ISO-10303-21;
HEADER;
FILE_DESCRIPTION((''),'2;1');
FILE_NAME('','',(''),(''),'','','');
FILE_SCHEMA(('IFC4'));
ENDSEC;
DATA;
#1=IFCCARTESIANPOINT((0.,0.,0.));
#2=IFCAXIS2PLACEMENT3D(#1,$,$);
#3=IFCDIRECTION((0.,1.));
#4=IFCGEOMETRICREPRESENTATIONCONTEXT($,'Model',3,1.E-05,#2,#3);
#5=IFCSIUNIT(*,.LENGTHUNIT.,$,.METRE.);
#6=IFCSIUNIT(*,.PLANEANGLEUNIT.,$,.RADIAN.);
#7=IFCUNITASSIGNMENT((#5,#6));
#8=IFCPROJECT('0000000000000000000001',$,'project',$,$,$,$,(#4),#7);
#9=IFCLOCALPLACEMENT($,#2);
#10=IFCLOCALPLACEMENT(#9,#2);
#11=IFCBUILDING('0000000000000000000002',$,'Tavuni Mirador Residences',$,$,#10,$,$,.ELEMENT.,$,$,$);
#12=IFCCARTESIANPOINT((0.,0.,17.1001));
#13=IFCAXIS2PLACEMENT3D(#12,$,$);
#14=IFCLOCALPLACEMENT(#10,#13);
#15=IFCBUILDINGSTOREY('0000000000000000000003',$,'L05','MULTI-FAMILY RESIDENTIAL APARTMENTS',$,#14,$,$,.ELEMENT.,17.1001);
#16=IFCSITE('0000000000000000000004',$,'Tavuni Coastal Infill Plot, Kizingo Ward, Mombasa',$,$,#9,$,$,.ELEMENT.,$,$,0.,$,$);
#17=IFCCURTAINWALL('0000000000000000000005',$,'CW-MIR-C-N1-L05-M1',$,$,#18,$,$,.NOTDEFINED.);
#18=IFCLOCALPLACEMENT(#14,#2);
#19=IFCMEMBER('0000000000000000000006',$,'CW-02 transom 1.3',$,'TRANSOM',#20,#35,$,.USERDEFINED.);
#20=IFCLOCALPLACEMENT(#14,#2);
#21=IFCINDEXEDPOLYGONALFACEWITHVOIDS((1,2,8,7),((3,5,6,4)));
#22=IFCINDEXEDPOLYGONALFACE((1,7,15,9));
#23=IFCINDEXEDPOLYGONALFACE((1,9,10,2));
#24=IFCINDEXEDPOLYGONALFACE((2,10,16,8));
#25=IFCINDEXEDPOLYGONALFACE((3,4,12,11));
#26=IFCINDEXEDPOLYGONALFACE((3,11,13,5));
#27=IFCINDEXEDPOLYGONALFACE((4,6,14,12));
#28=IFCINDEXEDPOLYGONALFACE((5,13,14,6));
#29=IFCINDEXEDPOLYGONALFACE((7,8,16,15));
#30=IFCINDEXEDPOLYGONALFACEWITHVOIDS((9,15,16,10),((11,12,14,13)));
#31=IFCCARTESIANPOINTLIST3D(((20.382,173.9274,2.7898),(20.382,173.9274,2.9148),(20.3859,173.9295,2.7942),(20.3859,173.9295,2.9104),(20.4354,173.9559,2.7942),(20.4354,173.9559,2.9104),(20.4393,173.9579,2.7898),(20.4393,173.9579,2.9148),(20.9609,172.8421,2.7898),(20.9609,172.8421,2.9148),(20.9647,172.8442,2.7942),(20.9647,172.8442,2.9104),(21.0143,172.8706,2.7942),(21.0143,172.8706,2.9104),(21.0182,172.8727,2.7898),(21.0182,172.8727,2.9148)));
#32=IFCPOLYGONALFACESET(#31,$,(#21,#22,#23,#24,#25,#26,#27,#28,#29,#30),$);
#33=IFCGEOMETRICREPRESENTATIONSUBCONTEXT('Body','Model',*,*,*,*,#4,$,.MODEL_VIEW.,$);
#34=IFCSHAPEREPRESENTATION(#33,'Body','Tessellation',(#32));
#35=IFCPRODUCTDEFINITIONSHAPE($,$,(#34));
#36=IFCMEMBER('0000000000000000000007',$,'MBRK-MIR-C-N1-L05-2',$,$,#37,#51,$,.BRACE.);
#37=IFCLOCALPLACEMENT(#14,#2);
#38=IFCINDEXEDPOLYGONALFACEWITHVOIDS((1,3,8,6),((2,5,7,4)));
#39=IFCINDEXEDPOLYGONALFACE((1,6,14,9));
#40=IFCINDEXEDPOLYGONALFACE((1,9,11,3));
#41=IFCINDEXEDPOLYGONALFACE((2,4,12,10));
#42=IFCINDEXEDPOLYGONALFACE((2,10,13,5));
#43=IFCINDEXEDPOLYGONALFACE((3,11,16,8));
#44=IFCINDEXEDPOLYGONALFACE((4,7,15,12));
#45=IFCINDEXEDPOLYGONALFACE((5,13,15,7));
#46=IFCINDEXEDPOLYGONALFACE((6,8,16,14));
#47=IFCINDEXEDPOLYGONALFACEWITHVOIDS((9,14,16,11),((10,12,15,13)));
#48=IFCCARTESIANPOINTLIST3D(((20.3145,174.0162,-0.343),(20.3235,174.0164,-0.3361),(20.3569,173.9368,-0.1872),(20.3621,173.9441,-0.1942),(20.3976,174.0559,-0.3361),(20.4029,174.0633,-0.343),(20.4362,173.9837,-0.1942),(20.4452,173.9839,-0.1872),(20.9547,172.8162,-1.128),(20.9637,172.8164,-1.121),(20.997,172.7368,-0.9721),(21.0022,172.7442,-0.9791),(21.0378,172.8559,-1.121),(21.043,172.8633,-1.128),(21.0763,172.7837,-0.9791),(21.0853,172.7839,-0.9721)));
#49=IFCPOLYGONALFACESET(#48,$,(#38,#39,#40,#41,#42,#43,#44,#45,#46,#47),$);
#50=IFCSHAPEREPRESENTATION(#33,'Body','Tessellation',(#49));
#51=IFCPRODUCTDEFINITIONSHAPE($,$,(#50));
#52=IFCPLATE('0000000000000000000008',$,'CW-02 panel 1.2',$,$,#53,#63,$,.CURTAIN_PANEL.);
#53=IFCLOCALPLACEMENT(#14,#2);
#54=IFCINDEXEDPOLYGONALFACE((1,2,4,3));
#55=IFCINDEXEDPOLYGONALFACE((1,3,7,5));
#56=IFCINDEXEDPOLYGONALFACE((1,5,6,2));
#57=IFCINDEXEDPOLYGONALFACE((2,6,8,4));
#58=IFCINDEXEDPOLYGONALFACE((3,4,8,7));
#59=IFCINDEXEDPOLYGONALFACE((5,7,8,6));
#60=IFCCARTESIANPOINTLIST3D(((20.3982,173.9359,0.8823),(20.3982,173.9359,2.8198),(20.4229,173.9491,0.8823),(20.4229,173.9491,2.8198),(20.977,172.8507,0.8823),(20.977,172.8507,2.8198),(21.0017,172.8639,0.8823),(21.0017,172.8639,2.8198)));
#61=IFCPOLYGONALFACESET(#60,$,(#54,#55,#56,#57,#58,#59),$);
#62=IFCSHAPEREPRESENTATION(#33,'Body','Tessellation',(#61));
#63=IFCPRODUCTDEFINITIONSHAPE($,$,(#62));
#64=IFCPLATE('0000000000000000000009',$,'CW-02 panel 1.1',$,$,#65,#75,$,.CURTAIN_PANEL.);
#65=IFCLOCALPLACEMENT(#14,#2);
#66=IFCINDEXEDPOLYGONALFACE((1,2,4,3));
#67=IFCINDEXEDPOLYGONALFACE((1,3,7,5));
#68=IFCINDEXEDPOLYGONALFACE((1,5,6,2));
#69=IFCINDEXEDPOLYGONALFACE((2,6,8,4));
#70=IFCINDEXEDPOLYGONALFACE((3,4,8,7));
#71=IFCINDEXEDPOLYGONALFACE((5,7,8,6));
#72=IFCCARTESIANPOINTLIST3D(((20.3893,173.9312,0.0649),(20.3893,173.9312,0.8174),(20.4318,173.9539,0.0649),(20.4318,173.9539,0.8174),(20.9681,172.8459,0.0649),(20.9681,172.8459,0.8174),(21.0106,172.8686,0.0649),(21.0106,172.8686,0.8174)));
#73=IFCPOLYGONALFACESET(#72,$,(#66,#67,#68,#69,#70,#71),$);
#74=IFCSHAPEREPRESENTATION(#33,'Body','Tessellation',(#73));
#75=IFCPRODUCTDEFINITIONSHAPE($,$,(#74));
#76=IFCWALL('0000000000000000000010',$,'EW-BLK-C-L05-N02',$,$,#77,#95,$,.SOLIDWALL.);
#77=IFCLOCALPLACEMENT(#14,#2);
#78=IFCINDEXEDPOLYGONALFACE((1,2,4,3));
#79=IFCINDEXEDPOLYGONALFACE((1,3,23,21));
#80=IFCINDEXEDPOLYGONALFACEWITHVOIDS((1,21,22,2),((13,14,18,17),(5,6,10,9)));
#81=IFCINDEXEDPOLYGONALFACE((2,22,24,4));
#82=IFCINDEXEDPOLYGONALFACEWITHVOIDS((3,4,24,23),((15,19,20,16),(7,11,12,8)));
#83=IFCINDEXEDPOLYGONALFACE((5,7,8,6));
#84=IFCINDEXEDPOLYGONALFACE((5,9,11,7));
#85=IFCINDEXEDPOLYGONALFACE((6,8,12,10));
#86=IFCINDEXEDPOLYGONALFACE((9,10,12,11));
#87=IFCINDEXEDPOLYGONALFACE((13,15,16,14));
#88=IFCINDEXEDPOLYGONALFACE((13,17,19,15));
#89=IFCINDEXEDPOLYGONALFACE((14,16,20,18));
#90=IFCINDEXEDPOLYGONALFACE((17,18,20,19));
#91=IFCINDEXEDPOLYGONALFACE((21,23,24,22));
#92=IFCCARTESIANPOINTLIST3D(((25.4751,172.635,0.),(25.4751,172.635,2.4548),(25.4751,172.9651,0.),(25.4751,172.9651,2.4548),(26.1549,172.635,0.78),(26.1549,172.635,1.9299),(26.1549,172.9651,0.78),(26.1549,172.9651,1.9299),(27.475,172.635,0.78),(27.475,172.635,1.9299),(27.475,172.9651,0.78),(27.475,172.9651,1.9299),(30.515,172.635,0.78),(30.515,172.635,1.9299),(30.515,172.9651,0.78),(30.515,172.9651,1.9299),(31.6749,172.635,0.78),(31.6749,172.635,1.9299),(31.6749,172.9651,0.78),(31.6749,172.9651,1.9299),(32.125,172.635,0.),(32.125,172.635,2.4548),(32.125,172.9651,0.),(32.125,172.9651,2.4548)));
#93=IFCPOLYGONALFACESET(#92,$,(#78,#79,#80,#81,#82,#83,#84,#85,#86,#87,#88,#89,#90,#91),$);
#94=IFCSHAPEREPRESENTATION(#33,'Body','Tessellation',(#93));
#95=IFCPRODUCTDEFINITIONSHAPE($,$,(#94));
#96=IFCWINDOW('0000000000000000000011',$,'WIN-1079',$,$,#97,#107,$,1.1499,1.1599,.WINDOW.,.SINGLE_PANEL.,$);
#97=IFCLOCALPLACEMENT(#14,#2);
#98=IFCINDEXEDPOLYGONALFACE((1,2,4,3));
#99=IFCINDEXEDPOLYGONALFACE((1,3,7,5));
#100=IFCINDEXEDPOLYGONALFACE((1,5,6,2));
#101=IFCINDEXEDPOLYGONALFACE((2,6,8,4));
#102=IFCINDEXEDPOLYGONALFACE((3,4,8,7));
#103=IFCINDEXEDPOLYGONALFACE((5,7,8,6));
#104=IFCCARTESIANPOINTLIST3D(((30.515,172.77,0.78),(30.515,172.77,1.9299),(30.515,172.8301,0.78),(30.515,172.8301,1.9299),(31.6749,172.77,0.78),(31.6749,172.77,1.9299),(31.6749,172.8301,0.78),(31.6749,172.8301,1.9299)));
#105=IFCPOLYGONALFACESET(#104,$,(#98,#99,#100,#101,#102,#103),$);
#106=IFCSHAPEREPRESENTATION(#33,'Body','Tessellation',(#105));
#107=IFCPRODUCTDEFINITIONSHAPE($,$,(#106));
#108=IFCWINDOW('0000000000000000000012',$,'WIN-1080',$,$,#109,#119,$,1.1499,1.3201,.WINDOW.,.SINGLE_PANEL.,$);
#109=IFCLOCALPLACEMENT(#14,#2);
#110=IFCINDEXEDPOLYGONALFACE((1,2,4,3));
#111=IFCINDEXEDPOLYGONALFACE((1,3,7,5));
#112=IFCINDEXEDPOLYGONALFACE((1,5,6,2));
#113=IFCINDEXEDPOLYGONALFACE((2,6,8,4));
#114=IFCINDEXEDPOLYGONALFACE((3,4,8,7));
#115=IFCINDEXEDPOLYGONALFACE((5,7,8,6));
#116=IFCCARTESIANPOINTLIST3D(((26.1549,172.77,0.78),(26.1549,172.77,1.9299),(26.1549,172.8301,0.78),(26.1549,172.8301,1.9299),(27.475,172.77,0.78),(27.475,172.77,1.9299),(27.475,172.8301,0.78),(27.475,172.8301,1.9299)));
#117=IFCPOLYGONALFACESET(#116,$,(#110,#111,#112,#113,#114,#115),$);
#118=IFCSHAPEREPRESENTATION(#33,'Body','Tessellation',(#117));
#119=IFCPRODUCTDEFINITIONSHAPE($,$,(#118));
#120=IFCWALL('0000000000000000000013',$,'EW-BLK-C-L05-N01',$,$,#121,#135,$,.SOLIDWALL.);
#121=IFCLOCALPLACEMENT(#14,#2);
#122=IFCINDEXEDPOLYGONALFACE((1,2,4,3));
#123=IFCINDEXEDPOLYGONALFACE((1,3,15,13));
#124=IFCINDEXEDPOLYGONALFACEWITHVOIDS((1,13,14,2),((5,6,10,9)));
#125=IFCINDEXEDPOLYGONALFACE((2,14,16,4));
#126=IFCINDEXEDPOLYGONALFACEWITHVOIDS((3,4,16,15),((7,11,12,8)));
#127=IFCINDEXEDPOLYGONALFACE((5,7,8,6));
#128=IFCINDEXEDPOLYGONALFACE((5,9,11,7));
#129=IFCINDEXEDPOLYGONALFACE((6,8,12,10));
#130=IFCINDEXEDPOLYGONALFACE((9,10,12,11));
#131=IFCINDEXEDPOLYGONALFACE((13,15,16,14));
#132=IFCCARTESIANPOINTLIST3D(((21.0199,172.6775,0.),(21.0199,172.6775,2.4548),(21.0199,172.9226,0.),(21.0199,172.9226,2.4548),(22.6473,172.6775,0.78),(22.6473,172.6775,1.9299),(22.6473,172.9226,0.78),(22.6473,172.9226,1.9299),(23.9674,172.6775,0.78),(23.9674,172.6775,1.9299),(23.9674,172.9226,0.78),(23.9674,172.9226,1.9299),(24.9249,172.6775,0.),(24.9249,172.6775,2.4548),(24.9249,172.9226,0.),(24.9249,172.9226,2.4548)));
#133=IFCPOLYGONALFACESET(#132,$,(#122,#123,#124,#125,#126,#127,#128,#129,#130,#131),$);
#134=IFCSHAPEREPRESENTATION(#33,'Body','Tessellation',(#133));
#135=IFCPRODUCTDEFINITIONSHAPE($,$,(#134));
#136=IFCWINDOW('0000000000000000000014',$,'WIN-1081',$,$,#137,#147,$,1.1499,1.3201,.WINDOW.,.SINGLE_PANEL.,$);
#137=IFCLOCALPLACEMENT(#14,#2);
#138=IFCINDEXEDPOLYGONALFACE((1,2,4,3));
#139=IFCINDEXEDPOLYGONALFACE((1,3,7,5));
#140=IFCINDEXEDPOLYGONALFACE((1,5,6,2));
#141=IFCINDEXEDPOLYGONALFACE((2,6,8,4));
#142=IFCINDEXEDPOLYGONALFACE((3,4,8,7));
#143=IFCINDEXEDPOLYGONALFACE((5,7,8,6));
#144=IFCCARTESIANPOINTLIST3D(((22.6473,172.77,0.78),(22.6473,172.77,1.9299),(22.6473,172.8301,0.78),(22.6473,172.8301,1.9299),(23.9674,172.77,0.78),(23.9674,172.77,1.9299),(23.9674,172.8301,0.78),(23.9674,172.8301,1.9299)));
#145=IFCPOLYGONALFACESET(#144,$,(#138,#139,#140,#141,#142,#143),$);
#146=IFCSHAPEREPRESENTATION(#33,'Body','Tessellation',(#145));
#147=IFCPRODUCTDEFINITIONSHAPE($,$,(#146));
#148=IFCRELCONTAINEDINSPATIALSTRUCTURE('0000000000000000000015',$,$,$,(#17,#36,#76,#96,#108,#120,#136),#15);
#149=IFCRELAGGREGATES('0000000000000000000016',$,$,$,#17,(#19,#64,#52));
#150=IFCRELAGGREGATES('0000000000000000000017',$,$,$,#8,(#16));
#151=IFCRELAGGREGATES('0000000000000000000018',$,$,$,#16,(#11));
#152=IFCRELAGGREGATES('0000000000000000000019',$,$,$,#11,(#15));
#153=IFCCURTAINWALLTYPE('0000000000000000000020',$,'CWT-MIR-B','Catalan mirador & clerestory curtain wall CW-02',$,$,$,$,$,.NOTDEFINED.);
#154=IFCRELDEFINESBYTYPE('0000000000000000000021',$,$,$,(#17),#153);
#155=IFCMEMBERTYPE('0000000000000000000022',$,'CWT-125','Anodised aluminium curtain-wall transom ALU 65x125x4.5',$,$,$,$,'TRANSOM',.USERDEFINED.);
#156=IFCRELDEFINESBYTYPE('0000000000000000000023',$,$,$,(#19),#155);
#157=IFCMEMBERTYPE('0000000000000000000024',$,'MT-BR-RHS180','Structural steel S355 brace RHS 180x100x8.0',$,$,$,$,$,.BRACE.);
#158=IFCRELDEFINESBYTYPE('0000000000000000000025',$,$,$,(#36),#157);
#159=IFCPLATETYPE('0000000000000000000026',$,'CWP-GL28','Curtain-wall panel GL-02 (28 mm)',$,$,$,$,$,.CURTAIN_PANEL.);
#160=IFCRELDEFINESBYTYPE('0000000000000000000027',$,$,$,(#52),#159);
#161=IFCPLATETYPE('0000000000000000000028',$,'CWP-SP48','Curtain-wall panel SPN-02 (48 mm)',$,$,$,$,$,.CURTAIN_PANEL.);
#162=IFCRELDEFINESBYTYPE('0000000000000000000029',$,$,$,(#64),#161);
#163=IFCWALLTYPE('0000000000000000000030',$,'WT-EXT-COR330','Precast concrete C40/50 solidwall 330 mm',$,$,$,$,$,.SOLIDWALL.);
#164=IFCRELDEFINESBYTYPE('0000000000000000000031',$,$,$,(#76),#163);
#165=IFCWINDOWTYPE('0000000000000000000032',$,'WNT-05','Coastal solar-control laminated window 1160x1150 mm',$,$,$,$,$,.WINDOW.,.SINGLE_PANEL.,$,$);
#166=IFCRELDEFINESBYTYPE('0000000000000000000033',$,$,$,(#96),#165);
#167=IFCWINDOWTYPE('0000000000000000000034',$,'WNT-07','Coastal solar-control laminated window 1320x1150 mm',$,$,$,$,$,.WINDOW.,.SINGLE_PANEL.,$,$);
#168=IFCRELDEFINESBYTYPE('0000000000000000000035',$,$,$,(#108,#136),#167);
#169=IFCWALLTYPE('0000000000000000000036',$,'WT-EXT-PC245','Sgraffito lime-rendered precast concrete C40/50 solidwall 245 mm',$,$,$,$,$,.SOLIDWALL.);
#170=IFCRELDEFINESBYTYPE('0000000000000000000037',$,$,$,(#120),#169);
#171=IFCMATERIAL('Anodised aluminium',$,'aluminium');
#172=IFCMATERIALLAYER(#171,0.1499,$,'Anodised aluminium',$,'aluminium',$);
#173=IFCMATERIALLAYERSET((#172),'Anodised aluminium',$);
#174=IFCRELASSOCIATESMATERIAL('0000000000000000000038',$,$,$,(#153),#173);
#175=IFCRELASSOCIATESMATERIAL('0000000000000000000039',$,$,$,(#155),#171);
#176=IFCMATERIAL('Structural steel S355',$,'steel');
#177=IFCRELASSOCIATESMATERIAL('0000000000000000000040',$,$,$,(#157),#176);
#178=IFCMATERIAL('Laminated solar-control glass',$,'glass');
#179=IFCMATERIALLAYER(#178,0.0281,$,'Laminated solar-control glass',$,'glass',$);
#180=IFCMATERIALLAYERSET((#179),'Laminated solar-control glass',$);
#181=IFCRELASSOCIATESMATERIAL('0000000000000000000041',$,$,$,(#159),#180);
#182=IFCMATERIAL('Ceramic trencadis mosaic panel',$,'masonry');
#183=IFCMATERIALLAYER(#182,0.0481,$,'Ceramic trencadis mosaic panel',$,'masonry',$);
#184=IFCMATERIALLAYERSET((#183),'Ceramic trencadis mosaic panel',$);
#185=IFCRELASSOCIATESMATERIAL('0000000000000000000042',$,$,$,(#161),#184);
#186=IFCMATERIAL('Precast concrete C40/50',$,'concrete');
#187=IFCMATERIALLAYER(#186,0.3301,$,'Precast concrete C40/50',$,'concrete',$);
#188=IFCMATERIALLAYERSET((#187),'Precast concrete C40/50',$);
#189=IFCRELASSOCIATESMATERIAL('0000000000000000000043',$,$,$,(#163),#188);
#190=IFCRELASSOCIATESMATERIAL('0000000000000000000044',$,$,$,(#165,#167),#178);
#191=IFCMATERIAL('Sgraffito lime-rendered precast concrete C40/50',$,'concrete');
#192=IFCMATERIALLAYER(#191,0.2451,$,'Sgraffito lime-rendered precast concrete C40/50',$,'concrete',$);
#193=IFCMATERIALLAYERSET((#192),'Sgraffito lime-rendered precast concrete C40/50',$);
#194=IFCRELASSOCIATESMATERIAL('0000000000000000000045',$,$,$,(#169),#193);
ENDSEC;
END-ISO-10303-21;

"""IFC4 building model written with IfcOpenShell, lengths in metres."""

from ifc_helpers import new_model, si_unit, direction, frame, frame_2d, origin, origin_2d, place, context, subcontext, project, spatial, rectangle, hollow_rectangle, extrude, material, layer, layer_set, material_profile, profile_set, type_object, element, fill, aggregate, save


model = new_model("IFC4")

# Units and contexts
model_context = context("Model", 3, precision=1e-05, world=origin(), true_north=direction((0.0, 1.0)))
body_context = subcontext(model_context, "Body", "Model", "MODEL_VIEW")
ifc_project = project(units=[si_unit("LENGTHUNIT", "METRE"), si_unit("PLANEANGLEUNIT", "RADIAN")], contexts=[model_context])

# Site, building, storey
site_placement = place(None, origin())
site = spatial("IfcSite", under=ifc_project, at=site_placement, Name="Tavuni Coastal Infill Plot, Kizingo Ward, Mombasa", CompositionType="ELEMENT", RefElevation=0.0)
building_placement = place(site_placement, origin())
building = spatial("IfcBuilding", under=site, at=building_placement, Name="Tavuni Mirador Residences", CompositionType="ELEMENT")
storey_placement = place(building_placement, frame((0.0, 0.0, 17.1001)))
storey = spatial("IfcBuildingStorey", under=building, at=storey_placement, Name="L05", Description="MULTI-FAMILY RESIDENTIAL APARTMENTS", CompositionType="ELEMENT", Elevation=17.1001)

# Shared definitions
ifc_material_1 = material(Name="Precast concrete C40/50", Category="concrete")

# Shared definitions
ifc_material_2 = material(Name="Anodised aluminium", Category="aluminium")

# Curtain wall
ifc_layer_1 = layer(ifc_material_2, 0.1499, Name="Anodised aluminium", Category="aluminium")
ifc_layer_set_1 = layer_set([ifc_layer_1], Name="Anodised aluminium")
curtain_wall_type_1 = type_object("IfcCurtainWallType", Name="CWT-MIR-B", Description="Catalan mirador & clerestory curtain wall CW-02", PredefinedType="NOTDEFINED", material=ifc_layer_set_1)
curtain_wall_1_placement = place(storey_placement, origin())
curtain_wall_1 = element("IfcCurtainWall", 1, at=curtain_wall_1_placement, inside=storey, type_object=curtain_wall_type_1, Name="CW-MIR-C-N1-L05-M1", PredefinedType="NOTDEFINED")

# Members
ifc_material_profile_1 = material_profile(ifc_material_2, hollow_rectangle(XDim=0.0649, YDim=0.125, WallThickness=0.0044, at=origin_2d()), Name="ALU 65x125x4.5", Category="aluminium")
ifc_profile_set_1 = profile_set([ifc_material_profile_1], Name="Anodised aluminium")
member_type_1 = type_object("IfcMemberType", Name="CWT-125", Description="Anodised aluminium curtain-wall transom ALU 65x125x4.5", ElementType="TRANSOM", PredefinedType="USERDEFINED", material=ifc_profile_set_1)
member_1_placement = place(storey_placement, frame((20.9895, 172.8574, 2.8523), z_axis=(-0.47064, 0.882325, 0.0), x_axis=(-0.882325, -0.47064, 0.0)))
member_1 = element("IfcMember", 2, at=member_1_placement, type_object=member_type_1, Name="CW-02 transom 1.3", ObjectType="TRANSOM", PredefinedType="USERDEFINED", context=body_context, shape_type="SweptSolid", body=[
    extrude(hollow_rectangle(XDim=0.0649, YDim=0.125, WallThickness=0.0044, at=origin_2d()), origin(), (0.0, 0.0, 1.0), 1.23),
])
ifc_material_3 = material(Name="Structural steel S355", Category="steel")
ifc_material_profile_2 = material_profile(ifc_material_3, hollow_rectangle(XDim=0.1001, YDim=0.1799, WallThickness=0.0081, at=origin_2d()), Name="RHS 180x100x8.0", Category="steel")
ifc_profile_set_2 = profile_set([ifc_material_profile_2], Name="Structural steel S355")
member_type_2 = type_object("IfcMemberType", Name="MT-BR-RHS180", Description="Structural steel S355 brace RHS 180x100x8.0", PredefinedType="BRACE", material=ifc_profile_set_2)
member_2_placement = place(storey_placement, frame((21.02, 172.8, -1.05), z_axis=(-0.407661, 0.764169, 0.499858), x_axis=(-0.882303, -0.470681, 0.0)))
element("IfcMember", 3, at=member_2_placement, inside=storey, type_object=member_type_2, Name="MBRK-MIR-C-N1-L05-2", PredefinedType="BRACE", context=body_context, shape_type="SweptSolid", body=[
    extrude(hollow_rectangle(XDim=0.1001, YDim=0.1799, WallThickness=0.0081, at=origin_2d()), origin(), (0.0, 0.0, 1.0), 1.5703),
])

# Plates
ifc_material_4 = material(Name="Laminated solar-control glass", Category="glass")
ifc_layer_2 = layer(ifc_material_4, 0.0281, Name="Laminated solar-control glass", Category="glass")
ifc_layer_set_2 = layer_set([ifc_layer_2], Name="Laminated solar-control glass")
plate_type_1 = type_object("IfcPlateType", Name="CWP-GL28", Description="Curtain-wall panel GL-02 (28 mm)", PredefinedType="CURTAIN_PANEL", material=ifc_layer_set_2)
plate_1_placement = place(storey_placement, frame((20.7, 173.3999, 0.8823), z_axis=(0.0, 0.0, 1.0), x_axis=(-0.470588, 0.882353, 0.0)))
plate_1 = element("IfcPlate", 4, at=plate_1_placement, type_object=plate_type_1, Name="CW-02 panel 1.2", PredefinedType="CURTAIN_PANEL", context=body_context, shape_type="SweptSolid", body=[
    extrude(rectangle(XDim=1.23, YDim=0.0281, at=origin_2d()), origin(), (0.0, 0.0, 1.0), 1.9375),
])
ifc_material_5 = material(Name="Ceramic trencadis mosaic panel", Category="masonry")
ifc_layer_3 = layer(ifc_material_5, 0.0481, Name="Ceramic trencadis mosaic panel", Category="masonry")
ifc_layer_set_3 = layer_set([ifc_layer_3], Name="Ceramic trencadis mosaic panel")
plate_type_2 = type_object("IfcPlateType", Name="CWP-SP48", Description="Curtain-wall panel SPN-02 (48 mm)", PredefinedType="CURTAIN_PANEL", material=ifc_layer_set_3)
plate_2_placement = place(storey_placement, frame((20.7, 173.3999, 0.0649), z_axis=(0.0, 0.0, 1.0), x_axis=(-0.470588, 0.882353, 0.0)))
plate_2 = element("IfcPlate", 5, at=plate_2_placement, type_object=plate_type_2, Name="CW-02 panel 1.1", PredefinedType="CURTAIN_PANEL", context=body_context, shape_type="SweptSolid", body=[
    extrude(rectangle(XDim=1.23, YDim=0.0481, at=origin_2d()), origin(), (0.0, 0.0, 1.0), 0.7524),
])
aggregate(curtain_wall_1, [member_1, plate_2, plate_1])

# Wall, openings, windows
ifc_layer_4 = layer(ifc_material_1, 0.3301, Name="Precast concrete C40/50", Category="concrete")
ifc_layer_set_4 = layer_set([ifc_layer_4], Name="Precast concrete C40/50")
wall_type_1 = type_object("IfcWallType", Name="WT-EXT-COR330", Description="Precast concrete C40/50 solidwall 330 mm", PredefinedType="SOLIDWALL", material=ifc_layer_set_4)
wall_1_placement = place(storey_placement, frame((32.125, 172.8, 0.0), z_axis=(0.0, 0.0, 1.0), x_axis=(-1.0, 0.0, 0.0)))
wall_1 = element("IfcWall", 6, at=wall_1_placement, inside=storey, type_object=wall_type_1, Name="EW-BLK-C-L05-N02", PredefinedType="SOLIDWALL", context=body_context, shape_type="SweptSolid", body=[
    extrude(rectangle(XDim=6.6499, YDim=0.3301, at=frame_2d((3.325, 0.0))), origin(), (0.0, 0.0, 1.0), 2.4548),
])
opening_1_placement = place(wall_1_placement, frame((0.45, 0.0, 0.78)))
opening_1 = element("IfcOpeningElement", 7, at=opening_1_placement, cuts=wall_1, PredefinedType="OPENING", context=body_context, shape_type="SweptSolid", body=[
    extrude(rectangle(XDim=1.1599, YDim=1.1499, at=frame_2d((0.5801, 0.575))), frame((0.0, 0.175, 0.0), z_axis=(0.0, -1.0, 0.0), x_axis=(1.0, 0.0, 0.0)), (0.0, 0.0, 1.0), 0.3501),
])
opening_2_placement = place(wall_1_placement, frame((4.6499, 0.0, 0.78)))
opening_2 = element("IfcOpeningElement", 8, at=opening_2_placement, cuts=wall_1, PredefinedType="OPENING", context=body_context, shape_type="SweptSolid", body=[
    extrude(rectangle(XDim=1.3201, YDim=1.1499, at=frame_2d((0.6602, 0.575))), frame((0.0, 0.175, 0.0), z_axis=(0.0, -1.0, 0.0), x_axis=(1.0, 0.0, 0.0)), (0.0, 0.0, 1.0), 0.3501),
])
window_type_1 = type_object("IfcWindowType", Name="WNT-05", Description="Coastal solar-control laminated window 1160x1150 mm", PartitioningType="SINGLE_PANEL", PredefinedType="WINDOW", material=ifc_material_4)
window_1_placement = place(opening_1_placement, origin())
window_1 = element("IfcWindow", 9, at=window_1_placement, inside=storey, type_object=window_type_1, Name="WIN-1079", OverallHeight=1.1499, OverallWidth=1.1599, PartitioningType="SINGLE_PANEL", PredefinedType="WINDOW", context=body_context, shape_type="SweptSolid", body=[
    extrude(rectangle(XDim=1.1599, YDim=1.1499, at=frame_2d((0.5801, 0.575))), frame((0.0, 0.03, 0.0), z_axis=(0.0, -1.0, 0.0), x_axis=(1.0, 0.0, 0.0)), (0.0, 0.0, 1.0), 0.0601),
])
fill(opening_1, window_1)
window_type_2 = type_object("IfcWindowType", Name="WNT-07", Description="Coastal solar-control laminated window 1320x1150 mm", PartitioningType="SINGLE_PANEL", PredefinedType="WINDOW", material=ifc_material_4)
window_2_placement = place(opening_2_placement, origin())
window_2 = element("IfcWindow", 10, at=window_2_placement, inside=storey, type_object=window_type_2, Name="WIN-1080", OverallHeight=1.1499, OverallWidth=1.3201, PartitioningType="SINGLE_PANEL", PredefinedType="WINDOW", context=body_context, shape_type="SweptSolid", body=[
    extrude(rectangle(XDim=1.3201, YDim=1.1499, at=frame_2d((0.6602, 0.575))), frame((0.0, 0.03, 0.0), z_axis=(0.0, -1.0, 0.0), x_axis=(1.0, 0.0, 0.0)), (0.0, 0.0, 1.0), 0.0601),
])
fill(opening_2, window_2)

# Wall, opening, window
ifc_material_6 = material(Name="Sgraffito lime-rendered precast concrete C40/50", Category="concrete")
ifc_layer_5 = layer(ifc_material_6, 0.2451, Name="Sgraffito lime-rendered precast concrete C40/50", Category="concrete")
ifc_layer_set_5 = layer_set([ifc_layer_5], Name="Sgraffito lime-rendered precast concrete C40/50")
wall_type_2 = type_object("IfcWallType", Name="WT-EXT-PC245", Description="Sgraffito lime-rendered precast concrete C40/50 solidwall 245 mm", PredefinedType="SOLIDWALL", material=ifc_layer_set_5)
wall_2_placement = place(storey_placement, frame((24.925, 172.8, 0.0), z_axis=(0.0, 0.0, 1.0), x_axis=(-1.0, 0.0, 0.0)))
wall_2 = element("IfcWall", 11, at=wall_2_placement, inside=storey, type_object=wall_type_2, Name="EW-BLK-C-L05-N01", PredefinedType="SOLIDWALL", context=body_context, shape_type="SweptSolid", body=[
    extrude(rectangle(XDim=3.905, YDim=0.2451, at=frame_2d((1.9526, 0.0))), origin(), (0.0, 0.0, 1.0), 2.4548),
])
opening_3_placement = place(wall_2_placement, frame((0.9575, 0.0, 0.78)))
opening_3 = element("IfcOpeningElement", 12, at=opening_3_placement, cuts=wall_2, PredefinedType="OPENING", context=body_context, shape_type="SweptSolid", body=[
    extrude(rectangle(XDim=1.3201, YDim=1.1499, at=frame_2d((0.6602, 0.575))), frame((0.0, 0.1326, 0.0), z_axis=(0.0, -1.0, 0.0), x_axis=(1.0, 0.0, 0.0)), (0.0, 0.0, 1.0), 0.2651),
])
window_3_placement = place(opening_3_placement, origin())
window_3 = element("IfcWindow", 13, at=window_3_placement, inside=storey, type_object=window_type_2, Name="WIN-1081", OverallHeight=1.1499, OverallWidth=1.3201, PartitioningType="SINGLE_PANEL", PredefinedType="WINDOW", context=body_context, shape_type="SweptSolid", body=[
    extrude(rectangle(XDim=1.3201, YDim=1.1499, at=frame_2d((0.6602, 0.575))), frame((0.0, 0.03, 0.0), z_axis=(0.0, -1.0, 0.0), x_axis=(1.0, 0.0, 0.0)), (0.0, 0.0, 1.0), 0.0601),
])
fill(opening_3, window_3)

save(model, "model.ifc")
